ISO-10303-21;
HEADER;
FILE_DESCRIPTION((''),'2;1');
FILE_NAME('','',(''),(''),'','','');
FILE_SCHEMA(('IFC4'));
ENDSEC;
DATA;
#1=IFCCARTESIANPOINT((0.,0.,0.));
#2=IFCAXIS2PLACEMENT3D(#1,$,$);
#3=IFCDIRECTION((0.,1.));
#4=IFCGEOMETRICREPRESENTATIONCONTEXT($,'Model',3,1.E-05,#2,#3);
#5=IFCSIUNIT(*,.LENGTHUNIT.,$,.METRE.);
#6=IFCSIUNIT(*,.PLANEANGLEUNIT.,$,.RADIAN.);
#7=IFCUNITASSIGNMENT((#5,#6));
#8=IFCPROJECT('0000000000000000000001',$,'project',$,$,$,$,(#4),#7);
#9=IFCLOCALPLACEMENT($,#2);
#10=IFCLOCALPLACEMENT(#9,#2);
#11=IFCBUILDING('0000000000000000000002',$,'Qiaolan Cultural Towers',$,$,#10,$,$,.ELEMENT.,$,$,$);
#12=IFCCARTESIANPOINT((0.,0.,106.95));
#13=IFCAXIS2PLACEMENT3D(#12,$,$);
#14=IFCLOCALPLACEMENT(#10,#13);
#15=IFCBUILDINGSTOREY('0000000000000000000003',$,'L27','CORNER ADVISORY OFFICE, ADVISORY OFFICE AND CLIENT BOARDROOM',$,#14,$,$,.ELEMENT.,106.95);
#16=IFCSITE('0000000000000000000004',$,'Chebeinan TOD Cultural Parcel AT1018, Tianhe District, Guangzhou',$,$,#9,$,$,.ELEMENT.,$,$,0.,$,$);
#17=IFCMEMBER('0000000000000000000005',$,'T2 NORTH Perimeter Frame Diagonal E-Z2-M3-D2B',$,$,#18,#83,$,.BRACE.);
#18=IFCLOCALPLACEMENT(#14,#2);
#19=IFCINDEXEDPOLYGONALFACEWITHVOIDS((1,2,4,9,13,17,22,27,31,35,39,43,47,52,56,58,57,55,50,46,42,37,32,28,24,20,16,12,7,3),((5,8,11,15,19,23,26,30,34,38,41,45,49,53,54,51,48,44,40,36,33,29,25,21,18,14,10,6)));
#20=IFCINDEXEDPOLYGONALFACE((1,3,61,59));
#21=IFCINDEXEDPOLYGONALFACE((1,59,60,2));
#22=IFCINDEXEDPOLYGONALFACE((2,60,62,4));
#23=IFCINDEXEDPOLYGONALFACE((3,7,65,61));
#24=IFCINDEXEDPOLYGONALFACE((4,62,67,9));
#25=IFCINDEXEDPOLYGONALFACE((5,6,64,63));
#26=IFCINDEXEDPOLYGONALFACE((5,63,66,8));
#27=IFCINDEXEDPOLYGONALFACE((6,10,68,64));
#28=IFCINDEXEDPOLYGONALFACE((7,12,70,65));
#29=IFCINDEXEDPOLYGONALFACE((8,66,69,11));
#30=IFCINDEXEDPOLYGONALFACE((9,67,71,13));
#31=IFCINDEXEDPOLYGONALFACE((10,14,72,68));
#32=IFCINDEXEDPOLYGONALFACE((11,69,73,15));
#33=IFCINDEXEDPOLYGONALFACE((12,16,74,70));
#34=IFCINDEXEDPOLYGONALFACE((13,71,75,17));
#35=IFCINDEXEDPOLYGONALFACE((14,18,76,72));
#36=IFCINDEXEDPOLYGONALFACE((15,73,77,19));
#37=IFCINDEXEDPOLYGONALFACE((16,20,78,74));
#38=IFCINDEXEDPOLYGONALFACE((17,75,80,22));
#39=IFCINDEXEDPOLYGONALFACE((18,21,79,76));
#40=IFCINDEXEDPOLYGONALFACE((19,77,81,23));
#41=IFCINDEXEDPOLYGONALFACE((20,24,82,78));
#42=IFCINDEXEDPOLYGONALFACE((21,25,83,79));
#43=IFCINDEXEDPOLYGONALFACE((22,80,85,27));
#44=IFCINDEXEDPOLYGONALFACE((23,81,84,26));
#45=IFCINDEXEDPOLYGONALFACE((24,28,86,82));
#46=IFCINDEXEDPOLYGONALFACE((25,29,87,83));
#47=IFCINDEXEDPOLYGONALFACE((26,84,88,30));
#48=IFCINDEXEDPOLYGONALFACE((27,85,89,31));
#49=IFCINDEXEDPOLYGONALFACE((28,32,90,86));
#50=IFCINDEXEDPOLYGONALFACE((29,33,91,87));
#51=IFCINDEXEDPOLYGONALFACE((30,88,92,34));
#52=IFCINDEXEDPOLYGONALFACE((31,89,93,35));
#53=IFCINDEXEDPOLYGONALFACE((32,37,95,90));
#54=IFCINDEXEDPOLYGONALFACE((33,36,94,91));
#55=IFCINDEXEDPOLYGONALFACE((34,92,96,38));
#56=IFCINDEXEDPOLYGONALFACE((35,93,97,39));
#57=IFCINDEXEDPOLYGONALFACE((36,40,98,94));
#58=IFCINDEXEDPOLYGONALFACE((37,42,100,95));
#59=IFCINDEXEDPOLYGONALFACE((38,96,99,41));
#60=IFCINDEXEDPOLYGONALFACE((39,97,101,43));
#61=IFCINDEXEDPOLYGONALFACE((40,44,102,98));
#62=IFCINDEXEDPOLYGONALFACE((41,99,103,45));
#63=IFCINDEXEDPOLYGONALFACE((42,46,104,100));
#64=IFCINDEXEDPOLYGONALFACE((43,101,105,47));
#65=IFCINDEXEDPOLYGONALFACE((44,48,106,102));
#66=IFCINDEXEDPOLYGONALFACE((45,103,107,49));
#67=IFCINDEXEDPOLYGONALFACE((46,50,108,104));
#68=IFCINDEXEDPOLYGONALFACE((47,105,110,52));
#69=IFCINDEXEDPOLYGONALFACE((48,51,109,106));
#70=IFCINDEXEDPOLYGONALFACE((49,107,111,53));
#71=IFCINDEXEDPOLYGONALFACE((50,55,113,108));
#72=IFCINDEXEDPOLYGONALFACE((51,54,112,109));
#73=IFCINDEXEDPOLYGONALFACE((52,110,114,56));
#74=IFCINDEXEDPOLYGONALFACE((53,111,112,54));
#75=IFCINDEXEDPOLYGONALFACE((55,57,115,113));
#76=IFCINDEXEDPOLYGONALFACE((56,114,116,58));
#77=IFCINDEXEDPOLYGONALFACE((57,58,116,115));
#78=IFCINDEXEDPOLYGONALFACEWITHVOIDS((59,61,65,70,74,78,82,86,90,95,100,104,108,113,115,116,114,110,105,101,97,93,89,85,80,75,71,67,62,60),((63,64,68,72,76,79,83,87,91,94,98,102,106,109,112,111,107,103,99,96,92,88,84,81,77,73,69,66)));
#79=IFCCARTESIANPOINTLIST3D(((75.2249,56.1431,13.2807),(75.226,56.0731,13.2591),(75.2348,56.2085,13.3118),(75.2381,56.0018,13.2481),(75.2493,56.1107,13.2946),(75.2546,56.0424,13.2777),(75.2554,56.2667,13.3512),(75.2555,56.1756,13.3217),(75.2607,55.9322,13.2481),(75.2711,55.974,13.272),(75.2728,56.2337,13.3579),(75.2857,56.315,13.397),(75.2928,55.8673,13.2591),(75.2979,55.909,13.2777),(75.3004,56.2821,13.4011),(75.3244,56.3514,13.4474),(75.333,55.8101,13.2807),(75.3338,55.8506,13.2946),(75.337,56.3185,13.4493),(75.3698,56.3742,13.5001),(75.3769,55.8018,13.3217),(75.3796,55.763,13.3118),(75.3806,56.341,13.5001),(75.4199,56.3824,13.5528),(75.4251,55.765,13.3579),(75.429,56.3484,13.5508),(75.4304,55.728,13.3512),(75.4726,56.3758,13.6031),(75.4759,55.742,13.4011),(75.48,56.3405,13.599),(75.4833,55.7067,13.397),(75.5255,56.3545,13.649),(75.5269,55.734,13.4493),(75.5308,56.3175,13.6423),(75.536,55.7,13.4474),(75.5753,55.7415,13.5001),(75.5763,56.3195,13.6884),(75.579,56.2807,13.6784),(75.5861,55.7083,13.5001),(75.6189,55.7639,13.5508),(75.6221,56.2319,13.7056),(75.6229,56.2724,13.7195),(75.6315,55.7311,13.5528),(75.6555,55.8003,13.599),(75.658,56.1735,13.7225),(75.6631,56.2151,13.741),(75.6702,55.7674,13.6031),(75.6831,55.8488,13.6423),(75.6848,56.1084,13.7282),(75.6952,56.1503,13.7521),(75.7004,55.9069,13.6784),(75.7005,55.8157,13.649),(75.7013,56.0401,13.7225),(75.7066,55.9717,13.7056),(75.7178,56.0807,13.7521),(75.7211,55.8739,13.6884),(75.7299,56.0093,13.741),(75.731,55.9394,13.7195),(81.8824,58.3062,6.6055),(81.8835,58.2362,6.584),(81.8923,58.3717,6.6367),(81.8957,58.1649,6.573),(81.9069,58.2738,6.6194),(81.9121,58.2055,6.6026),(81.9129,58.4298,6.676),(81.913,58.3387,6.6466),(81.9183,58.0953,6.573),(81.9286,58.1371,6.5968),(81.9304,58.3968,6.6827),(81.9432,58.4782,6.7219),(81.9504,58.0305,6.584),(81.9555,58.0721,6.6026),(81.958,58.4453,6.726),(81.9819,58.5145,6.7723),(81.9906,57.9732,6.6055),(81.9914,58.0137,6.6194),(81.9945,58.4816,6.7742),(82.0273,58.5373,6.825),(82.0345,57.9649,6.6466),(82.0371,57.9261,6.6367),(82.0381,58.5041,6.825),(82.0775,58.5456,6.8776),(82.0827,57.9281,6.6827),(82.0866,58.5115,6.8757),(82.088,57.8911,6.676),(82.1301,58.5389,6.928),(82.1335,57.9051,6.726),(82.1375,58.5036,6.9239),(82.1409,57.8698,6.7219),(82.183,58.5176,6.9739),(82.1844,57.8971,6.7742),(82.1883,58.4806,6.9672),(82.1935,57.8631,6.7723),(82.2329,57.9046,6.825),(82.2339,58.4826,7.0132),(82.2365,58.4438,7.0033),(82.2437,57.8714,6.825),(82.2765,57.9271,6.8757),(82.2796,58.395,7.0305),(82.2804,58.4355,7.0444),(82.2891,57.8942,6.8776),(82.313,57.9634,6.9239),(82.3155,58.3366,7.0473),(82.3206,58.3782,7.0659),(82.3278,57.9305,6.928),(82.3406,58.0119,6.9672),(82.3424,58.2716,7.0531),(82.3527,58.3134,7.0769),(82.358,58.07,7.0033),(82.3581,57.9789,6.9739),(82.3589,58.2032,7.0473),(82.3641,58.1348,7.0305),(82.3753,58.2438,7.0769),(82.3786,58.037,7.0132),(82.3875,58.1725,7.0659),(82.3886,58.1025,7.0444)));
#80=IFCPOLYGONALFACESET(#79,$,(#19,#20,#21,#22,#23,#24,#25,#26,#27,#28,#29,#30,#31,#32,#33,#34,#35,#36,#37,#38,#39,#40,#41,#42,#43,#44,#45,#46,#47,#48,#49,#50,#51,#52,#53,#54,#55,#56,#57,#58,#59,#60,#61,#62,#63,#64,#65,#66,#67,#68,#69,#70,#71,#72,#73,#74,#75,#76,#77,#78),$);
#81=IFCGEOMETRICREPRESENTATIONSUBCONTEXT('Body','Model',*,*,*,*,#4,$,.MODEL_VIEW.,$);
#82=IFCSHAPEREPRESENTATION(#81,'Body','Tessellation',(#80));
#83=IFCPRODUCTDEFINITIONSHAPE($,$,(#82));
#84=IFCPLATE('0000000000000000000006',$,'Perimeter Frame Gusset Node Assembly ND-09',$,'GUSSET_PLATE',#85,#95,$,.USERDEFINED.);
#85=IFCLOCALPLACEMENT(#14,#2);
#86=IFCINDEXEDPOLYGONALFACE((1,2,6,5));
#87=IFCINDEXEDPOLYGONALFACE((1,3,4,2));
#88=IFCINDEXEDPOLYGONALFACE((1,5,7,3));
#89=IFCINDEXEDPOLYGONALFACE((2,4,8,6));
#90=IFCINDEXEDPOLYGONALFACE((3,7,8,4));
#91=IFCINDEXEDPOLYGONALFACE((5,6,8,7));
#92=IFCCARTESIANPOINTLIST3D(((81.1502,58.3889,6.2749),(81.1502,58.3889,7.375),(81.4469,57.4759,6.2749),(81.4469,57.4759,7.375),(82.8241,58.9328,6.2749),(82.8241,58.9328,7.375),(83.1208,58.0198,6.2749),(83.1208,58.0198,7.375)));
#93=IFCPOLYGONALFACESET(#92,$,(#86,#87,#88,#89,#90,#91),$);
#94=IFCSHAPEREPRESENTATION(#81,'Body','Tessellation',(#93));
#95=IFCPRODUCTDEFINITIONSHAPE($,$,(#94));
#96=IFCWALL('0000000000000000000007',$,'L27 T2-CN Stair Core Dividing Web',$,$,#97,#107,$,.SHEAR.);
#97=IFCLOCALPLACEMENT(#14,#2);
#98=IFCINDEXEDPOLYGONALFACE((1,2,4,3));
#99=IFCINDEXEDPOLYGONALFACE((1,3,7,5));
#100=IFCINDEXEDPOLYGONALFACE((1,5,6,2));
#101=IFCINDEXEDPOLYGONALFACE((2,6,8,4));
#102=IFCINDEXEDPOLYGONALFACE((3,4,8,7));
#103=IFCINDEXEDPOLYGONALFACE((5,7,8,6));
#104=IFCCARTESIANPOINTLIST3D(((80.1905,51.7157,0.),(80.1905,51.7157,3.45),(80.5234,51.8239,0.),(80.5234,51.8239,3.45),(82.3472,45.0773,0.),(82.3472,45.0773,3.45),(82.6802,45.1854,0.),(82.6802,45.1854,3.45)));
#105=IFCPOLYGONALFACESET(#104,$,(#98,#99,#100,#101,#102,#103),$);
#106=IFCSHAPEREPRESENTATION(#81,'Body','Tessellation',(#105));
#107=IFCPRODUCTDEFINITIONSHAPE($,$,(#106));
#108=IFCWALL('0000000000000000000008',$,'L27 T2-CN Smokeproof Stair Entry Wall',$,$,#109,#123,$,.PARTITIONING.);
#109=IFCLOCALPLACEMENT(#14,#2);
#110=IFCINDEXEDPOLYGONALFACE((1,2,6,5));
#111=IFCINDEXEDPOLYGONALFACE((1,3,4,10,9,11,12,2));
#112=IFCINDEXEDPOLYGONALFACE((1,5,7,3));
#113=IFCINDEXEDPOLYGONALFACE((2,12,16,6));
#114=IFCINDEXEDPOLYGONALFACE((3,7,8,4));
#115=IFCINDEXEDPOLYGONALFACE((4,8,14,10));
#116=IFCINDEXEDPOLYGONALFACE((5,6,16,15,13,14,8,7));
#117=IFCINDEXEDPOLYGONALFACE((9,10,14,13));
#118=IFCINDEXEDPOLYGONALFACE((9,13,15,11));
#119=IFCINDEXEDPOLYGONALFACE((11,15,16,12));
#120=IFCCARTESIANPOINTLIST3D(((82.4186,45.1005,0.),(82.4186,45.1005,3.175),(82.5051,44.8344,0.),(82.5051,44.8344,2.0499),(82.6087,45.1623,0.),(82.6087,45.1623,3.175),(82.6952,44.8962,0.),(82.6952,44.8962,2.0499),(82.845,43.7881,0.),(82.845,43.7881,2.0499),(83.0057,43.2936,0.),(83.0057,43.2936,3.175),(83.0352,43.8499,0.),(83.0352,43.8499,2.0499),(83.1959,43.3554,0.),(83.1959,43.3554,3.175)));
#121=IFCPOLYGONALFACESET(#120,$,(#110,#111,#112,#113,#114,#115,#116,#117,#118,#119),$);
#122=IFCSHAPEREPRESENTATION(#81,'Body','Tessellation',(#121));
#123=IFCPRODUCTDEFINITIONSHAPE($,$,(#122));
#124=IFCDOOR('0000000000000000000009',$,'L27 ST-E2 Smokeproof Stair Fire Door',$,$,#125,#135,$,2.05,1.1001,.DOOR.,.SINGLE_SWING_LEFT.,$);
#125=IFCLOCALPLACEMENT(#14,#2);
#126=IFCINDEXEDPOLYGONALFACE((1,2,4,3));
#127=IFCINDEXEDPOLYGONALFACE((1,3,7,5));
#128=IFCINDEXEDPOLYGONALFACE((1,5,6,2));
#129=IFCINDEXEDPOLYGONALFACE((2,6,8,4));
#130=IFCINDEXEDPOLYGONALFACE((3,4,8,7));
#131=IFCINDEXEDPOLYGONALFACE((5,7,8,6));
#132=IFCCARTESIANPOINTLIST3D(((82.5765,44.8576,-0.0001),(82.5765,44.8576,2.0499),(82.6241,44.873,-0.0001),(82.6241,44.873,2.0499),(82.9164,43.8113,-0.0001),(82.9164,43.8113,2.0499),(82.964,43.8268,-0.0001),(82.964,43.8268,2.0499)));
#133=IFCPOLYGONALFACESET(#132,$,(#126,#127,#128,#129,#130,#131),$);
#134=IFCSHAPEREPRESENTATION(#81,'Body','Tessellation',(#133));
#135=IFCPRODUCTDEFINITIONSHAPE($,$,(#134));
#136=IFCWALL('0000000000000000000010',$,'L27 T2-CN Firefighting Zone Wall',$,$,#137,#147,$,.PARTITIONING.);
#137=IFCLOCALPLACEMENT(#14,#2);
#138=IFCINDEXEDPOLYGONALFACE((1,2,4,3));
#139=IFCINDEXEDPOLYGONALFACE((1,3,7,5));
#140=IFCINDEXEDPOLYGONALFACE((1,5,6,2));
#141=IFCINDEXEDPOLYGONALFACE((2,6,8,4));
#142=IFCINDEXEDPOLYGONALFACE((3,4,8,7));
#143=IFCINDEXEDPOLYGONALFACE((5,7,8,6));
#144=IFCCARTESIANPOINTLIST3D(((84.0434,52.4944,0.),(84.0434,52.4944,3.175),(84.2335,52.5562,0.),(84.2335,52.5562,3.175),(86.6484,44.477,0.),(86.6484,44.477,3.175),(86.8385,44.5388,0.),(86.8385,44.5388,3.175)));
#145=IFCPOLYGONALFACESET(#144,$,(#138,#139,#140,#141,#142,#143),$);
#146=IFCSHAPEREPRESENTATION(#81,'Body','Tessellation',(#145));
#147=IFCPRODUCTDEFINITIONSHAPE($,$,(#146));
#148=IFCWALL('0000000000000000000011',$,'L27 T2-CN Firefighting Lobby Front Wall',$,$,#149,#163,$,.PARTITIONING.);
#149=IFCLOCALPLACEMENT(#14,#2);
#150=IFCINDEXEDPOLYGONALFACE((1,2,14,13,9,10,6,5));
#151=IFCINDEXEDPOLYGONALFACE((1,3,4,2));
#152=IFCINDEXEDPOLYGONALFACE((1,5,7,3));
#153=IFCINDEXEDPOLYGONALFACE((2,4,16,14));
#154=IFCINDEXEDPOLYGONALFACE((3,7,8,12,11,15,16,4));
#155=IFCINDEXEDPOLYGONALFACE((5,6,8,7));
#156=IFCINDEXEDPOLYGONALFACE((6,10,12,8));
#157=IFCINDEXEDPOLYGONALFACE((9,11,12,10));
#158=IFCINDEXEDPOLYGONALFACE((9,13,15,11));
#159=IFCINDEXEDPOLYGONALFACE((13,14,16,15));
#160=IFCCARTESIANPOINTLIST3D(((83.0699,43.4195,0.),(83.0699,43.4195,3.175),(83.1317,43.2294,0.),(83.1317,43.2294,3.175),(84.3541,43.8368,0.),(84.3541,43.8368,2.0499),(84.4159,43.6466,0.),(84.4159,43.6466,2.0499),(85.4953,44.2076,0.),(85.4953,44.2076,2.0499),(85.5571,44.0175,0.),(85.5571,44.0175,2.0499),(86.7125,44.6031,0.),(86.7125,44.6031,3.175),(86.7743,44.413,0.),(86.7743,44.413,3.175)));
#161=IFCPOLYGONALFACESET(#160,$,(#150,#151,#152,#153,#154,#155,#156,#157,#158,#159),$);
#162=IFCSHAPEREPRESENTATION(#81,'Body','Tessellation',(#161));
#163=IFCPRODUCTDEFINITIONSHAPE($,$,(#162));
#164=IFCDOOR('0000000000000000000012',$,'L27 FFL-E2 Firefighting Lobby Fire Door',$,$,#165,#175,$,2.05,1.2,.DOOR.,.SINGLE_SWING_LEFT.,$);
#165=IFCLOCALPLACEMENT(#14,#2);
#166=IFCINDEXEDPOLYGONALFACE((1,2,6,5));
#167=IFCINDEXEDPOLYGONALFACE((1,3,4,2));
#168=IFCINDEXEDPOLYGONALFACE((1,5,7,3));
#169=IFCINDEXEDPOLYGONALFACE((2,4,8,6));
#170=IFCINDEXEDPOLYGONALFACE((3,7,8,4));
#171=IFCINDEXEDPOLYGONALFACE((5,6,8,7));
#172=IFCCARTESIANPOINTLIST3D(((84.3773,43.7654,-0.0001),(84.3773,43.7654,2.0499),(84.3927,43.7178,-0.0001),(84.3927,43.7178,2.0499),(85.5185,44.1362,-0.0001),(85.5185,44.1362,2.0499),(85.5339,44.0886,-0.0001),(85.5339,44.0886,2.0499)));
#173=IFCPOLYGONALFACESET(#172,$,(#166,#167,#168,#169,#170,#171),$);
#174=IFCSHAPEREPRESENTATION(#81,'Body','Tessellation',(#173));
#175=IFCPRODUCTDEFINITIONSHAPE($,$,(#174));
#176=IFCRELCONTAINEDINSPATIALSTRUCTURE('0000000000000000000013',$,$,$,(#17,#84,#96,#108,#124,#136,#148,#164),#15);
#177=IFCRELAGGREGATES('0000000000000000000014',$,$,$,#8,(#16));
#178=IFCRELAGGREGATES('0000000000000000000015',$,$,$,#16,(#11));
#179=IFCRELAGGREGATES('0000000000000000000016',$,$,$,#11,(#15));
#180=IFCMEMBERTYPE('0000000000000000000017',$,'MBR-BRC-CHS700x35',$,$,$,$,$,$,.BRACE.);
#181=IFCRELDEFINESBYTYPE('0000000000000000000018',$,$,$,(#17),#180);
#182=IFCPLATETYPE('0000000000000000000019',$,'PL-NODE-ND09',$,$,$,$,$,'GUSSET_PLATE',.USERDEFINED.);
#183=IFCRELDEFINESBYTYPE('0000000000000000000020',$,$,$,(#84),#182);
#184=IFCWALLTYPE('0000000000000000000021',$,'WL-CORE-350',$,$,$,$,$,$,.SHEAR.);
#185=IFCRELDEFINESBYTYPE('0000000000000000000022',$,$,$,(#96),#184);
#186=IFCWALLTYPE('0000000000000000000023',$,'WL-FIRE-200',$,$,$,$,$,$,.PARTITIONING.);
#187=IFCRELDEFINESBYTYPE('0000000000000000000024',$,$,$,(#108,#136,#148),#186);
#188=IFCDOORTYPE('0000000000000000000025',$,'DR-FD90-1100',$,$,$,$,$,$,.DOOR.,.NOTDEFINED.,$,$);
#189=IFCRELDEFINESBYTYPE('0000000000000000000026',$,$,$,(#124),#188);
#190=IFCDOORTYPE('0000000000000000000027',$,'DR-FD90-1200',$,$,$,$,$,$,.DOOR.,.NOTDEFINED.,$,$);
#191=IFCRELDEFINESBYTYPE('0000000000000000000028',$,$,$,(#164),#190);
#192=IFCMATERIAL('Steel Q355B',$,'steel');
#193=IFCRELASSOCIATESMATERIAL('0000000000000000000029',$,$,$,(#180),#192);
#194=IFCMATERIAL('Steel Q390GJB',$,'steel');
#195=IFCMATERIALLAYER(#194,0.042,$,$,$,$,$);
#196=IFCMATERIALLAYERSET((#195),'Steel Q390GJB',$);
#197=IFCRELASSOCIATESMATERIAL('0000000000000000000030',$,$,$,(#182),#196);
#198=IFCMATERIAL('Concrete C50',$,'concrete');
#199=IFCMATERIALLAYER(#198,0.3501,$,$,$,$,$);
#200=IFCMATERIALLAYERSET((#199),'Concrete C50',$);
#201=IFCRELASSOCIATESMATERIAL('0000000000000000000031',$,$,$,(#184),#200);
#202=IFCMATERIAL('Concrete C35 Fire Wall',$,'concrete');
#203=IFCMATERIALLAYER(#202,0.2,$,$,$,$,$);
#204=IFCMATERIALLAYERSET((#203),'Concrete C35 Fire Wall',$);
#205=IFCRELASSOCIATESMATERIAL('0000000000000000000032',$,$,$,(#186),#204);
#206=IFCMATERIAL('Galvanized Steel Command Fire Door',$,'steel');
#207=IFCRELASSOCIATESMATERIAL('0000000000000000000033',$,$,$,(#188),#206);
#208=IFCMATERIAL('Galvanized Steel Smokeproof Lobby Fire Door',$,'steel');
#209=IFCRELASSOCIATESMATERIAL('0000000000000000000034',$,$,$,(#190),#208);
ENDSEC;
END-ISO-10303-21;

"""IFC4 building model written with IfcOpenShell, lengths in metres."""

from ifc_helpers import new_model, si_unit, direction, frame, frame_2d, origin, origin_2d, place, context, subcontext, project, spatial, rectangle, hollow_circle, extrude, material, layer, layer_set, material_profile, profile_set, type_object, element, fill, save


model = new_model("IFC4")

# Units and contexts
model_context = context("Model", 3, precision=1e-05, world=origin(), true_north=direction((0.0, 1.0)))
body_context = subcontext(model_context, "Body", "Model", "MODEL_VIEW")
ifc_project = project(units=[si_unit("LENGTHUNIT", "METRE"), si_unit("PLANEANGLEUNIT", "RADIAN")], contexts=[model_context])

# Site, building, storey
site_placement = place(None, origin())
site = spatial("IfcSite", under=ifc_project, at=site_placement, Name="Chebeinan TOD Cultural Parcel AT1018, Tianhe District, Guangzhou", CompositionType="ELEMENT", RefElevation=0.0)
building_placement = place(site_placement, origin())
building = spatial("IfcBuilding", under=site, at=building_placement, Name="Qiaolan Cultural Towers", CompositionType="ELEMENT")
storey_placement = place(building_placement, frame((0.0, 0.0, 106.95)))
storey = spatial("IfcBuildingStorey", under=building, at=storey_placement, Name="L27", Description="CORNER ADVISORY OFFICE, ADVISORY OFFICE AND CLIENT BOARDROOM", CompositionType="ELEMENT", Elevation=106.95)

# Member
ifc_material_1 = material(Name="Steel Q355B", Category="steel")
ifc_material_profile_1 = material_profile(ifc_material_1, hollow_circle(Radius=0.3501, WallThickness=0.0349, at=origin_2d()), Name="CHS700x35")
ifc_profile_set_1 = profile_set([ifc_material_profile_1], Name="Steel Q355B")
member_type = type_object("IfcMemberType", Name="MBR-BRC-CHS700x35", PredefinedType="BRACE", material=ifc_profile_set_1)
for number, where, z_axis, x_axis, name in (
    (1, (82.1355, 58.2043, 6.825), (-0.688289, -0.223633, 0.690106), (0.30901, -0.951059, 0.0), "T2 NORTH Perimeter Frame Diagonal E-Z2-M3-D2B"),
):
    element("IfcMember", number, at=place(storey_placement, frame(where, z_axis=z_axis, x_axis=x_axis)), inside=storey, type_object=member_type, Name=name, PredefinedType="BRACE", context=body_context, shape_type="SweptSolid", body=[
        extrude(hollow_circle(Radius=0.3501, WallThickness=0.0349, at=origin_2d()), origin(), (0.0, 0.0, 1.0), 9.6726),
    ])

# Plate
ifc_material_2 = material(Name="Steel Q390GJB", Category="steel")
ifc_layer_1 = layer(ifc_material_2, 0.042)
ifc_layer_set_1 = layer_set([ifc_layer_1], Name="Steel Q390GJB")
plate_type = type_object("IfcPlateType", Name="PL-NODE-ND09", ElementType="GUSSET_PLATE", PredefinedType="USERDEFINED", material=ifc_layer_set_1)
plate_placement = place(storey_placement, frame((82.1355, 58.2043, 6.2749), z_axis=(0.0, 0.0, 1.0), x_axis=(0.951057, 0.309017, 0.0)))
element("IfcPlate", 2, at=plate_placement, inside=storey, type_object=plate_type, Name="Perimeter Frame Gusset Node Assembly ND-09", ObjectType="GUSSET_PLATE", PredefinedType="USERDEFINED", context=body_context, shape_type="SweptSolid", body=[
    extrude(rectangle(XDim=1.76, YDim=0.96, at=origin_2d()), origin(), (0.0, 0.0, 1.0), 1.1001),
])

# Wall
ifc_material_3 = material(Name="Concrete C50", Category="concrete")
ifc_layer_2 = layer(ifc_material_3, 0.3501)
ifc_layer_set_2 = layer_set([ifc_layer_2], Name="Concrete C50")
wall_type_1 = type_object("IfcWallType", Name="WL-CORE-350", PredefinedType="SHEAR", material=ifc_layer_set_2)
wall_1_placement = place(storey_placement, frame((82.5137, 45.1313, 0.0), z_axis=(0.0, 0.0, 1.0), x_axis=(-0.308989, 0.951066, 0.0)))
element("IfcWall", 3, at=wall_1_placement, inside=storey, type_object=wall_type_1, Name="L27 T2-CN Stair Core Dividing Web", PredefinedType="SHEAR", context=body_context, shape_type="SweptSolid", body=[
    extrude(rectangle(XDim=6.98, YDim=0.3501, at=frame_2d((3.49, 0.0))), origin(), (0.0, 0.0, 1.0), 3.45),
])

# Wall, opening, door
ifc_material_4 = material(Name="Concrete C35 Fire Wall", Category="concrete")
ifc_layer_3 = layer(ifc_material_4, 0.2)
ifc_layer_set_3 = layer_set([ifc_layer_3], Name="Concrete C35 Fire Wall")
wall_type_2 = type_object("IfcWallType", Name="WL-FIRE-200", PredefinedType="PARTITIONING", material=ifc_layer_set_3)
wall_2_placement = place(storey_placement, frame((83.1008, 43.3245, 0.0), z_axis=(0.0, 0.0, 1.0), x_axis=(-0.309048, 0.951046, 0.0)))
wall_2 = element("IfcWall", 4, at=wall_2_placement, inside=storey, type_object=wall_type_2, Name="L27 T2-CN Smokeproof Stair Entry Wall", PredefinedType="PARTITIONING", context=body_context, shape_type="SweptSolid", body=[
    extrude(rectangle(XDim=1.8999, YDim=0.2, at=frame_2d((0.95, 0.0))), origin(), (0.0, 0.0, 1.0), 3.175),
])
opening_1_placement = place(wall_2_placement, frame((0.52, 0.0, 0.0)))
opening_1 = element("IfcOpeningElement", 5, at=opening_1_placement, cuts=wall_2, PredefinedType="OPENING", context=body_context, shape_type="SweptSolid", body=[
    extrude(rectangle(XDim=1.1001, YDim=2.05, at=frame_2d((0.55, 1.0249))), frame((0.0, 0.1099, 0.0), z_axis=(0.0, -1.0, 0.0), x_axis=(1.0, 0.0, 0.0)), (0.0, 0.0, 1.0), 0.22),
])
ifc_material_5 = material(Name="Galvanized Steel Command Fire Door", Category="steel")
door_type_1 = type_object("IfcDoorType", Name="DR-FD90-1100", OperationType="NOTDEFINED", PredefinedType="DOOR", material=ifc_material_5)
door_1_placement = place(opening_1_placement, origin())
door_1 = element("IfcDoor", 6, at=door_1_placement, inside=storey, type_object=door_type_1, Name="L27 ST-E2 Smokeproof Stair Fire Door", OperationType="SINGLE_SWING_LEFT", OverallHeight=2.05, OverallWidth=1.1001, PredefinedType="DOOR", context=body_context, shape_type="SweptSolid", body=[
    extrude(rectangle(XDim=1.1001, YDim=2.05, at=frame_2d((0.55, 1.0249))), frame((0.0, 0.0249, 0.0), z_axis=(0.0, -1.0, 0.0), x_axis=(1.0, 0.0, 0.0)), (0.0, 0.0, 1.0), 0.05),
])
fill(opening_1, door_1)

# Wall
wall_3_placement = place(storey_placement, frame((86.7434, 44.5081, 0.0), z_axis=(0.0, 0.0, 1.0), x_axis=(-0.309016, 0.951057, 0.0)))
element("IfcWall", 7, at=wall_3_placement, inside=storey, type_object=wall_type_2, Name="L27 T2-CN Firefighting Zone Wall", PredefinedType="PARTITIONING", context=body_context, shape_type="SweptSolid", body=[
    extrude(rectangle(XDim=8.4299, YDim=0.2, at=frame_2d((4.2148, 0.0))), origin(), (0.0, 0.0, 1.0), 3.175),
])

# Wall, opening, door
wall_4_placement = place(storey_placement, frame((83.1008, 43.3245, 0.0), z_axis=(0.0, 0.0, 1.0), x_axis=(0.951053, 0.309028, 0.0)))
wall_4 = element("IfcWall", 8, at=wall_4_placement, inside=storey, type_object=wall_type_2, Name="L27 T2-CN Firefighting Lobby Front Wall", PredefinedType="PARTITIONING", context=body_context, shape_type="SweptSolid", body=[
    extrude(rectangle(XDim=3.8301, YDim=0.2, at=frame_2d((1.915, 0.0))), origin(), (0.0, 0.0, 1.0), 3.175),
])
opening_2_placement = place(wall_4_placement, frame((1.3501, 0.0, 0.0)))
opening_2 = element("IfcOpeningElement", 9, at=opening_2_placement, cuts=wall_4, PredefinedType="OPENING", context=body_context, shape_type="SweptSolid", body=[
    extrude(rectangle(XDim=1.2, YDim=2.05, at=frame_2d((0.6001, 1.0249))), frame((0.0, 0.1099, 0.0), z_axis=(0.0, -1.0, 0.0), x_axis=(1.0, 0.0, 0.0)), (0.0, 0.0, 1.0), 0.22),
])
ifc_material_6 = material(Name="Galvanized Steel Smokeproof Lobby Fire Door", Category="steel")
door_type_2 = type_object("IfcDoorType", Name="DR-FD90-1200", OperationType="NOTDEFINED", PredefinedType="DOOR", material=ifc_material_6)
door_2_placement = place(opening_2_placement, origin())
door_2 = element("IfcDoor", 10, at=door_2_placement, inside=storey, type_object=door_type_2, Name="L27 FFL-E2 Firefighting Lobby Fire Door", OperationType="SINGLE_SWING_LEFT", OverallHeight=2.05, OverallWidth=1.2, PredefinedType="DOOR", context=body_context, shape_type="SweptSolid", body=[
    extrude(rectangle(XDim=1.2, YDim=2.05, at=frame_2d((0.6001, 1.0249))), frame((0.0, 0.0249, 0.0), z_axis=(0.0, -1.0, 0.0), x_axis=(1.0, 0.0, 0.0)), (0.0, 0.0, 1.0), 0.05),
])
fill(opening_2, door_2)

save(model, "model.ifc")
